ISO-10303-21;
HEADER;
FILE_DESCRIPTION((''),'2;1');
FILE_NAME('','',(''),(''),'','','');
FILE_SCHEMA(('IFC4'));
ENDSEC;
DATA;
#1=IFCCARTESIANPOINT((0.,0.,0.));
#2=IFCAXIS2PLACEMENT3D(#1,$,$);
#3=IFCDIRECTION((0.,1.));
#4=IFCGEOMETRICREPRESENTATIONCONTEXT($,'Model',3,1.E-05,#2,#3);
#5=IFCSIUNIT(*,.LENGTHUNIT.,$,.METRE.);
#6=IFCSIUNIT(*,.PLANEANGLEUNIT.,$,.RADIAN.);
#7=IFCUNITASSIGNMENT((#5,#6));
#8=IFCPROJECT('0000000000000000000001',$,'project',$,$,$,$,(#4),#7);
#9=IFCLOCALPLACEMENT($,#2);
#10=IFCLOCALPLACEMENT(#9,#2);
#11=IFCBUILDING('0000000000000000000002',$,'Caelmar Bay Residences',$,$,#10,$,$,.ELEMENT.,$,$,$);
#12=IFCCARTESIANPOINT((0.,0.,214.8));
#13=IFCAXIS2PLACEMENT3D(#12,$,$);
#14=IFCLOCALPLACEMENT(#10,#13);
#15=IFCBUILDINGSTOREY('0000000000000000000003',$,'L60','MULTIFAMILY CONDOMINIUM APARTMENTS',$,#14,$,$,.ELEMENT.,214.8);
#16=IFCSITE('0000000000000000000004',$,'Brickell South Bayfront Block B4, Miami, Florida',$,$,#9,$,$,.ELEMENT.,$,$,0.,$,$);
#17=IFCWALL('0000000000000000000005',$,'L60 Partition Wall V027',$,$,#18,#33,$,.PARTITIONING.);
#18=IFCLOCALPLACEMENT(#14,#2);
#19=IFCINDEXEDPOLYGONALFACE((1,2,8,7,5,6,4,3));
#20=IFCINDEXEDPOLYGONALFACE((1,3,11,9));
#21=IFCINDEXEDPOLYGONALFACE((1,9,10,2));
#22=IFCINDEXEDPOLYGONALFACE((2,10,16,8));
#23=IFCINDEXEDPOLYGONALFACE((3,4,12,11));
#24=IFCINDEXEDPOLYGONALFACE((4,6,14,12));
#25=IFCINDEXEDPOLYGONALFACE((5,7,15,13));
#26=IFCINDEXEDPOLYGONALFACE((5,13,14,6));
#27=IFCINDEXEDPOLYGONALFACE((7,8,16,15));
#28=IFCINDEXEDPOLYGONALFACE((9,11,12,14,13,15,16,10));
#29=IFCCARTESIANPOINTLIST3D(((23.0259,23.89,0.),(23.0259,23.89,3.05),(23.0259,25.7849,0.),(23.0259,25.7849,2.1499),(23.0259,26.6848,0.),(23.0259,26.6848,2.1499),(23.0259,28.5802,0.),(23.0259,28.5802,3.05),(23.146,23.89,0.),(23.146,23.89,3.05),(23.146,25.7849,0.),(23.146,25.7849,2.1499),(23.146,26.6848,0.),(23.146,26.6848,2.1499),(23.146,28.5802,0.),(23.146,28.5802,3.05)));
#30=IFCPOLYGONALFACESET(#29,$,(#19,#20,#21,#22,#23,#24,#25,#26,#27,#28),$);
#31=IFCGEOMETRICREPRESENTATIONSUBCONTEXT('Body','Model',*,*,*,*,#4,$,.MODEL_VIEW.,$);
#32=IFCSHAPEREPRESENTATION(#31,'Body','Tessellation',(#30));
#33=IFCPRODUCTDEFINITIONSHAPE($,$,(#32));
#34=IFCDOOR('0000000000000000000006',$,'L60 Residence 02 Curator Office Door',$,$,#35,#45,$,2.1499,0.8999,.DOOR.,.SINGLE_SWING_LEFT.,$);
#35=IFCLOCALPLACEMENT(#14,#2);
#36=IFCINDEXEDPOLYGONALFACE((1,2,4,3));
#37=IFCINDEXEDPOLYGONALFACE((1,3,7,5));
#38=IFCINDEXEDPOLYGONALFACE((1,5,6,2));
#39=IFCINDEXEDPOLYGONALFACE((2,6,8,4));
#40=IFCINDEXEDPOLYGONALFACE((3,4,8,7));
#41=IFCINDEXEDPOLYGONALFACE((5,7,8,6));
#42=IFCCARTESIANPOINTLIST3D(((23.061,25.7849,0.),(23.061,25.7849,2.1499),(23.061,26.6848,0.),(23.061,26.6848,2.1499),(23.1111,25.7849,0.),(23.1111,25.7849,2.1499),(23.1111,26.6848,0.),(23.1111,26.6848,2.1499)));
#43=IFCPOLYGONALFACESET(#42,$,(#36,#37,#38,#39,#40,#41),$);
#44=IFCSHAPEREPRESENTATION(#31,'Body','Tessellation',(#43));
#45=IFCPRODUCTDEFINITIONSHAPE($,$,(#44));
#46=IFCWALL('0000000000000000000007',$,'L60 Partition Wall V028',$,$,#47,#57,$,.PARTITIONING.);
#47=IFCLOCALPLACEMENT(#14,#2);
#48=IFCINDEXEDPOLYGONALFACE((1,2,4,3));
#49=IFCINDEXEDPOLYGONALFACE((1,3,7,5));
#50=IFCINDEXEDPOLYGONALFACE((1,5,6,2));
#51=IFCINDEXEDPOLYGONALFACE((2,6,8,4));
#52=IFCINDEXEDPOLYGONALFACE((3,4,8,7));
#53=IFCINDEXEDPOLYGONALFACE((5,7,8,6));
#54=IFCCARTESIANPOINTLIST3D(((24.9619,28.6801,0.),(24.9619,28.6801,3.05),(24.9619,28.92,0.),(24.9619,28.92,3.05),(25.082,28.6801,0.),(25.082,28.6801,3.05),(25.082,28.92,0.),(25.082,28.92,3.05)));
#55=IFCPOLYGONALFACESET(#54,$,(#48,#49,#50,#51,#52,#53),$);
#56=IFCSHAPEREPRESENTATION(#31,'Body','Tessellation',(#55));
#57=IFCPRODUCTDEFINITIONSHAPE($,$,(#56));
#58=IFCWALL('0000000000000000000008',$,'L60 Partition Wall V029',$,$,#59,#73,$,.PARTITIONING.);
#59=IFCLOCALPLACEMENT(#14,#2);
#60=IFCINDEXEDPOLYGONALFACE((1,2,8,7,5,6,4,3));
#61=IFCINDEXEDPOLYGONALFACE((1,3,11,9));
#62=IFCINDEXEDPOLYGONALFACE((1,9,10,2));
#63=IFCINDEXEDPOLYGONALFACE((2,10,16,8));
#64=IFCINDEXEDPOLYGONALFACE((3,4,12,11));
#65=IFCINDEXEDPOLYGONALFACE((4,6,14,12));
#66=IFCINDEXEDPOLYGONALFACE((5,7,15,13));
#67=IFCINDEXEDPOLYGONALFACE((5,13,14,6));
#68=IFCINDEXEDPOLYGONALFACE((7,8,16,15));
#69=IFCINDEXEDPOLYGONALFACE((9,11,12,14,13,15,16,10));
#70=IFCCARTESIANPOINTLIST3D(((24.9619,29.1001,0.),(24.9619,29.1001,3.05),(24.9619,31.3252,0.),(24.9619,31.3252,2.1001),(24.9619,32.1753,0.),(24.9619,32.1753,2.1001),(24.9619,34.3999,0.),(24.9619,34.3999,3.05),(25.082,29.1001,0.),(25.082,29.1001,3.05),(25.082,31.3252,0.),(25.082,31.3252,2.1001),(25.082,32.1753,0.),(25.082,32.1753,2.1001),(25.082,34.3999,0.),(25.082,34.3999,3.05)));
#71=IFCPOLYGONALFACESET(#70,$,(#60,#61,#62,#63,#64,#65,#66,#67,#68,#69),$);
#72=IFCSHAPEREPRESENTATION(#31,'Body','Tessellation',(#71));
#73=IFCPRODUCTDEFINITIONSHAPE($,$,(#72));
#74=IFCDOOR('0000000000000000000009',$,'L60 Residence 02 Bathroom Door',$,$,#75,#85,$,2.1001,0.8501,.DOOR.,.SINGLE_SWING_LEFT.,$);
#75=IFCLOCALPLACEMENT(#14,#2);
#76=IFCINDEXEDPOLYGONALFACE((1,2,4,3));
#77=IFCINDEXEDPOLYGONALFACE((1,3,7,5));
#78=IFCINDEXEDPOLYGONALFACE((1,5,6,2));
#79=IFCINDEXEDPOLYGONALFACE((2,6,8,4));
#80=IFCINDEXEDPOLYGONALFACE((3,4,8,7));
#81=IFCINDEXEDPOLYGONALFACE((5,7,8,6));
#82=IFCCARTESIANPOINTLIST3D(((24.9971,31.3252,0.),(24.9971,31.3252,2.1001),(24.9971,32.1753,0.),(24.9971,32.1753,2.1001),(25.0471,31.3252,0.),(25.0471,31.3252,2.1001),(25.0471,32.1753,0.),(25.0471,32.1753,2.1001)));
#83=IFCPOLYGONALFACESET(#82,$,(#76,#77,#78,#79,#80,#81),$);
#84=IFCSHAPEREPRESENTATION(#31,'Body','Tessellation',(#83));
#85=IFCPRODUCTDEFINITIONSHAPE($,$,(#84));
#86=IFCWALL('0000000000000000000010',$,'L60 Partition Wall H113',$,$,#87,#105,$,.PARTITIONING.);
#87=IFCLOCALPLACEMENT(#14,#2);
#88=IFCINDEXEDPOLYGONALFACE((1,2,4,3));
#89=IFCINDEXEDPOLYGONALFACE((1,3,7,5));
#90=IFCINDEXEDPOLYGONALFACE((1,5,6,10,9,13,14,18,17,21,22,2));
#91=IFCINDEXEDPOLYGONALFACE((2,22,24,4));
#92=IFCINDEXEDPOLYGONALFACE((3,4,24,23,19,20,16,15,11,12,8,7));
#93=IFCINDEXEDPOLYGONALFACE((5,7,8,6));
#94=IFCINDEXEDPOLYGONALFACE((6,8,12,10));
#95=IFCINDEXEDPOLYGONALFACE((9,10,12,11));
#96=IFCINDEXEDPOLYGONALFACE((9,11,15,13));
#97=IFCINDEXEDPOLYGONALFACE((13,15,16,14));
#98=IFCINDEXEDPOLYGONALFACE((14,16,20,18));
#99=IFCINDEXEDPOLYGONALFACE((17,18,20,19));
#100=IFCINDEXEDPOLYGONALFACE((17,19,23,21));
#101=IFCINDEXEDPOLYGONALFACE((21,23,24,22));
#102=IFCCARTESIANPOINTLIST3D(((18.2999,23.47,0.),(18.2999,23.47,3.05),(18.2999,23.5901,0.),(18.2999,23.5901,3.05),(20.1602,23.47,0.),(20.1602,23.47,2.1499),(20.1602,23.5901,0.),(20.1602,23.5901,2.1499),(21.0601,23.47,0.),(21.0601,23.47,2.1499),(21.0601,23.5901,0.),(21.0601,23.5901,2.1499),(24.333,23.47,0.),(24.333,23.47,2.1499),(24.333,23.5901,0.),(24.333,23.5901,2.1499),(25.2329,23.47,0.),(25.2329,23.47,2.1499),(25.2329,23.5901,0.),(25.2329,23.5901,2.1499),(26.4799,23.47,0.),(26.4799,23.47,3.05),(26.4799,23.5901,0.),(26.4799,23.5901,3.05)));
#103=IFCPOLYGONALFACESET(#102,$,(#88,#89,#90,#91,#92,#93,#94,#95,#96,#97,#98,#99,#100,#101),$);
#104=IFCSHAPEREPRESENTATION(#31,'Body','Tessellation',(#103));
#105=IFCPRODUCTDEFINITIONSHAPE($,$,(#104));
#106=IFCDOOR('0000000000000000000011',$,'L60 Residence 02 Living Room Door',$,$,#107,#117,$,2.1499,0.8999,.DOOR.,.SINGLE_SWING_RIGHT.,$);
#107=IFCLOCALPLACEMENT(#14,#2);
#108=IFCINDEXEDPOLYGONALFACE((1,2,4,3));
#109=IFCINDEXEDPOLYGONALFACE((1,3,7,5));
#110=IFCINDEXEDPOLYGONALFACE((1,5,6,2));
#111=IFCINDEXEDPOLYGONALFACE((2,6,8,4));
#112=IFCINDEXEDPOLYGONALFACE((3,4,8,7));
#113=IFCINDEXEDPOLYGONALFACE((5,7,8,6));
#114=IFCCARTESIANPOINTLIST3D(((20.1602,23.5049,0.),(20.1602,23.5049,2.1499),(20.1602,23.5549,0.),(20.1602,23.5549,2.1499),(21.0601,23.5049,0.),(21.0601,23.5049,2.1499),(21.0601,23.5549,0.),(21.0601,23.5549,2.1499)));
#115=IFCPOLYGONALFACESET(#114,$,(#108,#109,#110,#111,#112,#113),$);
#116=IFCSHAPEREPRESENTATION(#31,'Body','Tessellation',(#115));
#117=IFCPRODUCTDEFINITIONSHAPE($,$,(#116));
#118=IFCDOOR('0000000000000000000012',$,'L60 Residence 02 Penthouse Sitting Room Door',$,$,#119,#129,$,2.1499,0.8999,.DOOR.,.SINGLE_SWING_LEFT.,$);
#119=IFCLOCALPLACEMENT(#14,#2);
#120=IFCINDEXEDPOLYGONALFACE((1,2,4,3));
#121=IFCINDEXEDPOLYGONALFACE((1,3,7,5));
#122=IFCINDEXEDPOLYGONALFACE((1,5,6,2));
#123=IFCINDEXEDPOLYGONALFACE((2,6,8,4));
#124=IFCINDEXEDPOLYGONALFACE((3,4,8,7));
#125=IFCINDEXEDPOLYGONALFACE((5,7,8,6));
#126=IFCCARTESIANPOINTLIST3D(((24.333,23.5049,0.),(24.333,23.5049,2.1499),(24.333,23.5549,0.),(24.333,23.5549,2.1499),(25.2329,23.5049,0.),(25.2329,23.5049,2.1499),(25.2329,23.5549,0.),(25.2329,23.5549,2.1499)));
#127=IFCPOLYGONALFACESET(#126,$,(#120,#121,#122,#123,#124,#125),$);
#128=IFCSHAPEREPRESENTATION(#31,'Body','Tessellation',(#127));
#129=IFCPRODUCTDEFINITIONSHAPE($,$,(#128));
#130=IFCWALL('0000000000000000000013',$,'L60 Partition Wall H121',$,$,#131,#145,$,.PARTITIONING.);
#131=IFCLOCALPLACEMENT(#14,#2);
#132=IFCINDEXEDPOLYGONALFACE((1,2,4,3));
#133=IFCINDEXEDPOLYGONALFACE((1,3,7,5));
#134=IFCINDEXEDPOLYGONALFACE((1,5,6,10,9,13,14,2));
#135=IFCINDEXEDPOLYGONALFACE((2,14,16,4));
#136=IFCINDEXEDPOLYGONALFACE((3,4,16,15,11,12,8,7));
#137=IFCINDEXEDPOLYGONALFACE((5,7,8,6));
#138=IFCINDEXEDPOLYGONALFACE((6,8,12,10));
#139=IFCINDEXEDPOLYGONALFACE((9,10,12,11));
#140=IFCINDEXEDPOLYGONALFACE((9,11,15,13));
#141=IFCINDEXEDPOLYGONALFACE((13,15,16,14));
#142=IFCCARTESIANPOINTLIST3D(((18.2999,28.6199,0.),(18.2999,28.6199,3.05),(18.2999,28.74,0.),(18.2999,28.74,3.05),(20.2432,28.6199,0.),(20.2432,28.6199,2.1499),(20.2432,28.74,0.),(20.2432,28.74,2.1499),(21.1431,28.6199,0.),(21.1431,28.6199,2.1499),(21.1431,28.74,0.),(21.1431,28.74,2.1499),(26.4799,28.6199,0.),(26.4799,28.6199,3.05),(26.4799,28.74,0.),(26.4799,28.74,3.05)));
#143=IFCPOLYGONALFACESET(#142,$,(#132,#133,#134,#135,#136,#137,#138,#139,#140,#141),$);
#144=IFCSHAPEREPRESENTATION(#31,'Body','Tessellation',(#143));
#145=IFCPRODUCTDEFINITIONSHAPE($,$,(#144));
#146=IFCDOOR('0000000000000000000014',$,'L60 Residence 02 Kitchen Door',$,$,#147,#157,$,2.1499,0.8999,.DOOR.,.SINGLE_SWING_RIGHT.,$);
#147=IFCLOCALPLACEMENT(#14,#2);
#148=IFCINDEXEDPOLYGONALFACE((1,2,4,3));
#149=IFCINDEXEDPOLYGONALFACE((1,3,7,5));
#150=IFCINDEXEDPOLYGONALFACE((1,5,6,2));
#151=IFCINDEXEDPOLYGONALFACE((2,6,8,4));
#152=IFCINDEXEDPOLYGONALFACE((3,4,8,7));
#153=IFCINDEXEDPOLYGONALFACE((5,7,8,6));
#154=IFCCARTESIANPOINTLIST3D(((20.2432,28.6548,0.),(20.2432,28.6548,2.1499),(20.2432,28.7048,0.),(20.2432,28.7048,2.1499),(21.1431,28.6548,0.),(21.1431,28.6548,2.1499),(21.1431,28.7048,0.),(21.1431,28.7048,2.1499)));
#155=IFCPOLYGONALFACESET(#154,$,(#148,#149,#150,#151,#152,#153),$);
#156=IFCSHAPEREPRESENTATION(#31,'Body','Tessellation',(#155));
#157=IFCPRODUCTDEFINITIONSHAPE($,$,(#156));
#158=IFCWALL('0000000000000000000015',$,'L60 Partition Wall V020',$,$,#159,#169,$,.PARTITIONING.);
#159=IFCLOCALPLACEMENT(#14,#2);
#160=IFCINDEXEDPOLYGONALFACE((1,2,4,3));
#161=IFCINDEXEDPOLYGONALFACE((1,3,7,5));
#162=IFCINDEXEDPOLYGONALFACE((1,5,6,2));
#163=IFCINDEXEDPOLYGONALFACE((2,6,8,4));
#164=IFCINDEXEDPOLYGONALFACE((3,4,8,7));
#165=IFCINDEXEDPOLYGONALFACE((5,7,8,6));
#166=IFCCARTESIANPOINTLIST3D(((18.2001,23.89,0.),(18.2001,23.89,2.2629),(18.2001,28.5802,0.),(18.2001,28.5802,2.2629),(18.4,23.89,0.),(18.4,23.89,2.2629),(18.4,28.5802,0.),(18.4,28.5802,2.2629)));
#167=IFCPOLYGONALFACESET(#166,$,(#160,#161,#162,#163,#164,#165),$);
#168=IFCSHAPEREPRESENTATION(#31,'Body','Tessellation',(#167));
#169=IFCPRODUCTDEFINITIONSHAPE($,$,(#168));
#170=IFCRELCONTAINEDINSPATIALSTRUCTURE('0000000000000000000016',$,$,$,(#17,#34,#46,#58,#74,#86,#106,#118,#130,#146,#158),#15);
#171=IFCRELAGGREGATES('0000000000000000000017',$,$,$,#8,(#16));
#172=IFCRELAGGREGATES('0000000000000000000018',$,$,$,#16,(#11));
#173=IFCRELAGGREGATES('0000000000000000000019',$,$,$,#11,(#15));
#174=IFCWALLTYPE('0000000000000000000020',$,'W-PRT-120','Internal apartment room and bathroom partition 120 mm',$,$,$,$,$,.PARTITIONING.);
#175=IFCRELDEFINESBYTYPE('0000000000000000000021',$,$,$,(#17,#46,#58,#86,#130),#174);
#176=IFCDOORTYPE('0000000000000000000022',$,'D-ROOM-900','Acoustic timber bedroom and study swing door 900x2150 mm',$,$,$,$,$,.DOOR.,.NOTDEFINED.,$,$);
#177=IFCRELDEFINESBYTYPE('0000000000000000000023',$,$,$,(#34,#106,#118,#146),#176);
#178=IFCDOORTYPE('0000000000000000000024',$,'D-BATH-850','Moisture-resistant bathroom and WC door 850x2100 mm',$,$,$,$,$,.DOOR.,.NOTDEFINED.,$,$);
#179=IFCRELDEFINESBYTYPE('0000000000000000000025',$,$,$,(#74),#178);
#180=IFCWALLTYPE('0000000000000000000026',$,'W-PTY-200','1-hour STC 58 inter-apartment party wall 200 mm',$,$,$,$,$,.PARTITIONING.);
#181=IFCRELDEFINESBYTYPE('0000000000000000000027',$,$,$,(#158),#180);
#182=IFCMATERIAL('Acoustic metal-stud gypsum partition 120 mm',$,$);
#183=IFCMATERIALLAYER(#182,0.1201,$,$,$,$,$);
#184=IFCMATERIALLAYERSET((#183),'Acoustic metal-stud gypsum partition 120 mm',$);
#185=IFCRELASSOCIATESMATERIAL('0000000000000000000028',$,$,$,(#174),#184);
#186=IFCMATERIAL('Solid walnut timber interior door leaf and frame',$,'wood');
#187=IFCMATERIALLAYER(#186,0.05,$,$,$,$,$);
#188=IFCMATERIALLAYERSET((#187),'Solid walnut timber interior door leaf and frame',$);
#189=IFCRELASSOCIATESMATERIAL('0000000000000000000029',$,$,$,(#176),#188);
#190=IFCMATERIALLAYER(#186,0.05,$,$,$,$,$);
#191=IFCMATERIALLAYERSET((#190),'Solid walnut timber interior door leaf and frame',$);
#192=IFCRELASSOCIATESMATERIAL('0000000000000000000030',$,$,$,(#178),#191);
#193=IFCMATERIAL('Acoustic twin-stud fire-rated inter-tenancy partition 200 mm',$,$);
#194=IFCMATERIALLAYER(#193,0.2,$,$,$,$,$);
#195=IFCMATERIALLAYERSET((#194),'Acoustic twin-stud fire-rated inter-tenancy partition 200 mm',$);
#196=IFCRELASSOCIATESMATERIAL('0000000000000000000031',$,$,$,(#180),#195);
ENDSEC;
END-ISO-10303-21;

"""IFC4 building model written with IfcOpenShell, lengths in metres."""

from ifc_helpers import new_model, si_unit, direction, frame, frame_2d, origin, place, context, subcontext, project, spatial, rectangle, extrude, material, layer, layer_set, type_object, element, fill, save


model = new_model("IFC4")

# Units and contexts
model_context = context("Model", 3, precision=1e-05, world=origin(), true_north=direction((0.0, 1.0)))
body_context = subcontext(model_context, "Body", "Model", "MODEL_VIEW")
ifc_project = project(units=[si_unit("LENGTHUNIT", "METRE"), si_unit("PLANEANGLEUNIT", "RADIAN")], contexts=[model_context])

# Site, building, storey
site_placement = place(None, origin())
site = spatial("IfcSite", under=ifc_project, at=site_placement, Name="Brickell South Bayfront Block B4, Miami, Florida", CompositionType="ELEMENT", RefElevation=0.0)
building_placement = place(site_placement, origin())
building = spatial("IfcBuilding", under=site, at=building_placement, Name="Caelmar Bay Residences", CompositionType="ELEMENT")
storey_placement = place(building_placement, frame((0.0, 0.0, 214.8)))
storey = spatial("IfcBuildingStorey", under=building, at=storey_placement, Name="L60", Description="MULTIFAMILY CONDOMINIUM APARTMENTS", CompositionType="ELEMENT", Elevation=214.8)

# Shared definitions
ifc_material_1 = material(Name="Acoustic metal-stud gypsum partition 120 mm")
ifc_layer_1 = layer(ifc_material_1, 0.1201)
ifc_layer_set_1 = layer_set([ifc_layer_1], Name="Acoustic metal-stud gypsum partition 120 mm")
wall_type_1 = type_object("IfcWallType", Name="W-PRT-120", Description="Internal apartment room and bathroom partition 120 mm", PredefinedType="PARTITIONING", material=ifc_layer_set_1)

# Wall, opening, door
wall_1_placement = place(storey_placement, frame((23.0859, 23.8899, 0.0), z_axis=(0.0, 0.0, 1.0), x_axis=(0.0, 1.0, 0.0)))
wall_1 = element("IfcWall", 1, at=wall_1_placement, inside=storey, type_object=wall_type_1, Name="L60 Partition Wall V027", PredefinedType="PARTITIONING", context=body_context, shape_type="SweptSolid", body=[
    extrude(rectangle(XDim=4.6902, YDim=0.1201, at=frame_2d((2.3452, 0.0))), origin(), (0.0, 0.0, 1.0), 3.05),
])
opening_1_placement = place(wall_1_placement, frame((1.895, 0.0, 0.0)))
opening_1 = element("IfcOpeningElement", 2, at=opening_1_placement, cuts=wall_1, PredefinedType="OPENING", context=body_context, shape_type="SweptSolid", body=[
    extrude(rectangle(XDim=0.8999, YDim=2.1499, at=frame_2d((0.45, 1.075))), frame((0.0, 0.0701, 0.0), z_axis=(0.0, -1.0, 0.0), x_axis=(1.0, 0.0, 0.0)), (0.0, 0.0, 1.0), 0.1401),
])
ifc_material_2 = material(Name="Solid walnut timber interior door leaf and frame", Category="wood")
ifc_layer_2 = layer(ifc_material_2, 0.05)
ifc_layer_set_2 = layer_set([ifc_layer_2], Name="Solid walnut timber interior door leaf and frame")
door_type_1 = type_object("IfcDoorType", Name="D-ROOM-900", Description="Acoustic timber bedroom and study swing door 900x2150 mm", OperationType="NOTDEFINED", PredefinedType="DOOR", material=ifc_layer_set_2)
door_1_placement = place(opening_1_placement, origin())
door_1 = element("IfcDoor", 3, at=door_1_placement, inside=storey, type_object=door_type_1, Name="L60 Residence 02 Curator Office Door", OperationType="SINGLE_SWING_LEFT", OverallHeight=2.1499, OverallWidth=0.8999, PredefinedType="DOOR", context=body_context, shape_type="SweptSolid", body=[
    extrude(rectangle(XDim=0.8999, YDim=2.1499, at=frame_2d((0.45, 1.075))), frame((0.0, 0.0249, 0.0), z_axis=(0.0, -1.0, 0.0), x_axis=(1.0, 0.0, 0.0)), (0.0, 0.0, 1.0), 0.05),
])
fill(opening_1, door_1)

# Wall
wall_2_placement = place(storey_placement, frame((25.022, 28.6799, 0.0), z_axis=(0.0, 0.0, 1.0), x_axis=(0.0, 1.0, 0.0)))
element("IfcWall", 4, at=wall_2_placement, inside=storey, type_object=wall_type_1, Name="L60 Partition Wall V028", PredefinedType="PARTITIONING", context=body_context, shape_type="SweptSolid", body=[
    extrude(rectangle(XDim=0.24, YDim=0.1201, at=frame_2d((0.1201, 0.0))), origin(), (0.0, 0.0, 1.0), 3.05),
])

# Wall, opening, door
wall_3_placement = place(storey_placement, frame((25.022, 29.1001, 0.0), z_axis=(0.0, 0.0, 1.0), x_axis=(0.0, 1.0, 0.0)))
wall_3 = element("IfcWall", 5, at=wall_3_placement, inside=storey, type_object=wall_type_1, Name="L60 Partition Wall V029", PredefinedType="PARTITIONING", context=body_context, shape_type="SweptSolid", body=[
    extrude(rectangle(XDim=5.2998, YDim=0.1201, at=frame_2d((2.6499, 0.0))), origin(), (0.0, 0.0, 1.0), 3.05),
])
opening_2_placement = place(wall_3_placement, frame((2.2251, 0.0, 0.0)))
opening_2 = element("IfcOpeningElement", 6, at=opening_2_placement, cuts=wall_3, PredefinedType="OPENING", context=body_context, shape_type="SweptSolid", body=[
    extrude(rectangle(XDim=0.8501, YDim=2.1001, at=frame_2d((0.425, 1.05))), frame((0.0, 0.0701, 0.0), z_axis=(0.0, -1.0, 0.0), x_axis=(1.0, 0.0, 0.0)), (0.0, 0.0, 1.0), 0.1401),
])
ifc_layer_3 = layer(ifc_material_2, 0.05)
ifc_layer_set_3 = layer_set([ifc_layer_3], Name="Solid walnut timber interior door leaf and frame")
door_type_2 = type_object("IfcDoorType", Name="D-BATH-850", Description="Moisture-resistant bathroom and WC door 850x2100 mm", OperationType="NOTDEFINED", PredefinedType="DOOR", material=ifc_layer_set_3)
door_2_placement = place(opening_2_placement, origin())
door_2 = element("IfcDoor", 7, at=door_2_placement, inside=storey, type_object=door_type_2, Name="L60 Residence 02 Bathroom Door", OperationType="SINGLE_SWING_LEFT", OverallHeight=2.1001, OverallWidth=0.8501, PredefinedType="DOOR", context=body_context, shape_type="SweptSolid", body=[
    extrude(rectangle(XDim=0.8501, YDim=2.1001, at=frame_2d((0.425, 1.05))), frame((0.0, 0.0249, 0.0), z_axis=(0.0, -1.0, 0.0), x_axis=(1.0, 0.0, 0.0)), (0.0, 0.0, 1.0), 0.05),
])
fill(opening_2, door_2)

# Wall, openings, doors
wall_4_placement = place(storey_placement, frame((18.3, 23.53, 0.0), z_axis=(0.0, 0.0, 1.0), x_axis=(1.0, 0.0, 0.0)))
wall_4 = element("IfcWall", 8, at=wall_4_placement, inside=storey, type_object=wall_type_1, Name="L60 Partition Wall H113", PredefinedType="PARTITIONING", context=body_context, shape_type="SweptSolid", body=[
    extrude(rectangle(XDim=8.1799, YDim=0.1201, at=frame_2d((4.0898, 0.0))), origin(), (0.0, 0.0, 1.0), 3.05),
])
opening_3_placement = place(wall_4_placement, frame((1.8601, 0.0, 0.0)))
opening_3 = element("IfcOpeningElement", 9, at=opening_3_placement, cuts=wall_4, PredefinedType="OPENING", context=body_context, shape_type="SweptSolid", body=[
    extrude(rectangle(XDim=0.8999, YDim=2.1499, at=frame_2d((0.45, 1.075))), frame((0.0, 0.0701, 0.0), z_axis=(0.0, -1.0, 0.0), x_axis=(1.0, 0.0, 0.0)), (0.0, 0.0, 1.0), 0.1401),
])
opening_4_placement = place(wall_4_placement, frame((6.033, 0.0, 0.0)))
opening_4 = element("IfcOpeningElement", 10, at=opening_4_placement, cuts=wall_4, PredefinedType="OPENING", context=body_context, shape_type="SweptSolid", body=[
    extrude(rectangle(XDim=0.8999, YDim=2.1499, at=frame_2d((0.45, 1.075))), frame((0.0, 0.0701, 0.0), z_axis=(0.0, -1.0, 0.0), x_axis=(1.0, 0.0, 0.0)), (0.0, 0.0, 1.0), 0.1401),
])
door_3_placement = place(opening_3_placement, origin())
door_3 = element("IfcDoor", 11, at=door_3_placement, inside=storey, type_object=door_type_1, Name="L60 Residence 02 Living Room Door", OperationType="SINGLE_SWING_RIGHT", OverallHeight=2.1499, OverallWidth=0.8999, PredefinedType="DOOR", context=body_context, shape_type="SweptSolid", body=[
    extrude(rectangle(XDim=0.8999, YDim=2.1499, at=frame_2d((0.45, 1.075))), frame((0.0, 0.0249, 0.0), z_axis=(0.0, -1.0, 0.0), x_axis=(1.0, 0.0, 0.0)), (0.0, 0.0, 1.0), 0.05),
])
fill(opening_3, door_3)
door_4_placement = place(opening_4_placement, origin())
door_4 = element("IfcDoor", 12, at=door_4_placement, inside=storey, type_object=door_type_1, Name="L60 Residence 02 Penthouse Sitting Room Door", OperationType="SINGLE_SWING_LEFT", OverallHeight=2.1499, OverallWidth=0.8999, PredefinedType="DOOR", context=body_context, shape_type="SweptSolid", body=[
    extrude(rectangle(XDim=0.8999, YDim=2.1499, at=frame_2d((0.45, 1.075))), frame((0.0, 0.0249, 0.0), z_axis=(0.0, -1.0, 0.0), x_axis=(1.0, 0.0, 0.0)), (0.0, 0.0, 1.0), 0.05),
])
fill(opening_4, door_4)

# Wall, opening, door
wall_5_placement = place(storey_placement, frame((18.3, 28.6799, 0.0), z_axis=(0.0, 0.0, 1.0), x_axis=(1.0, 0.0, 0.0)))
wall_5 = element("IfcWall", 13, at=wall_5_placement, inside=storey, type_object=wall_type_1, Name="L60 Partition Wall H121", PredefinedType="PARTITIONING", context=body_context, shape_type="SweptSolid", body=[
    extrude(rectangle(XDim=8.1799, YDim=0.1201, at=frame_2d((4.0898, 0.0))), origin(), (0.0, 0.0, 1.0), 3.05),
])
opening_5_placement = place(wall_5_placement, frame((1.9431, 0.0, 0.0)))
opening_5 = element("IfcOpeningElement", 14, at=opening_5_placement, cuts=wall_5, PredefinedType="OPENING", context=body_context, shape_type="SweptSolid", body=[
    extrude(rectangle(XDim=0.8999, YDim=2.1499, at=frame_2d((0.45, 1.075))), frame((0.0, 0.0701, 0.0), z_axis=(0.0, -1.0, 0.0), x_axis=(1.0, 0.0, 0.0)), (0.0, 0.0, 1.0), 0.1401),
])
door_5_placement = place(opening_5_placement, origin())
door_5 = element("IfcDoor", 15, at=door_5_placement, inside=storey, type_object=door_type_1, Name="L60 Residence 02 Kitchen Door", OperationType="SINGLE_SWING_RIGHT", OverallHeight=2.1499, OverallWidth=0.8999, PredefinedType="DOOR", context=body_context, shape_type="SweptSolid", body=[
    extrude(rectangle(XDim=0.8999, YDim=2.1499, at=frame_2d((0.45, 1.075))), frame((0.0, 0.0249, 0.0), z_axis=(0.0, -1.0, 0.0), x_axis=(1.0, 0.0, 0.0)), (0.0, 0.0, 1.0), 0.05),
])
fill(opening_5, door_5)

# Wall
ifc_material_3 = material(Name="Acoustic twin-stud fire-rated inter-tenancy partition 200 mm")
ifc_layer_4 = layer(ifc_material_3, 0.2)
ifc_layer_set_4 = layer_set([ifc_layer_4], Name="Acoustic twin-stud fire-rated inter-tenancy partition 200 mm")
wall_type_2 = type_object("IfcWallType", Name="W-PTY-200", Description="1-hour STC 58 inter-apartment party wall 200 mm", PredefinedType="PARTITIONING", material=ifc_layer_set_4)
wall_6_placement = place(storey_placement, frame((18.3, 23.8899, 0.0), z_axis=(0.0, 0.0, 1.0), x_axis=(0.0, 1.0, 0.0)))
element("IfcWall", 16, at=wall_6_placement, inside=storey, type_object=wall_type_2, Name="L60 Partition Wall V020", PredefinedType="PARTITIONING", context=body_context, shape_type="SweptSolid", body=[
    extrude(rectangle(XDim=4.6902, YDim=0.2, at=frame_2d((2.3452, 0.0))), origin(), (0.0, 0.0, 1.0), 2.2629),
])

save(model, "model.ifc")
